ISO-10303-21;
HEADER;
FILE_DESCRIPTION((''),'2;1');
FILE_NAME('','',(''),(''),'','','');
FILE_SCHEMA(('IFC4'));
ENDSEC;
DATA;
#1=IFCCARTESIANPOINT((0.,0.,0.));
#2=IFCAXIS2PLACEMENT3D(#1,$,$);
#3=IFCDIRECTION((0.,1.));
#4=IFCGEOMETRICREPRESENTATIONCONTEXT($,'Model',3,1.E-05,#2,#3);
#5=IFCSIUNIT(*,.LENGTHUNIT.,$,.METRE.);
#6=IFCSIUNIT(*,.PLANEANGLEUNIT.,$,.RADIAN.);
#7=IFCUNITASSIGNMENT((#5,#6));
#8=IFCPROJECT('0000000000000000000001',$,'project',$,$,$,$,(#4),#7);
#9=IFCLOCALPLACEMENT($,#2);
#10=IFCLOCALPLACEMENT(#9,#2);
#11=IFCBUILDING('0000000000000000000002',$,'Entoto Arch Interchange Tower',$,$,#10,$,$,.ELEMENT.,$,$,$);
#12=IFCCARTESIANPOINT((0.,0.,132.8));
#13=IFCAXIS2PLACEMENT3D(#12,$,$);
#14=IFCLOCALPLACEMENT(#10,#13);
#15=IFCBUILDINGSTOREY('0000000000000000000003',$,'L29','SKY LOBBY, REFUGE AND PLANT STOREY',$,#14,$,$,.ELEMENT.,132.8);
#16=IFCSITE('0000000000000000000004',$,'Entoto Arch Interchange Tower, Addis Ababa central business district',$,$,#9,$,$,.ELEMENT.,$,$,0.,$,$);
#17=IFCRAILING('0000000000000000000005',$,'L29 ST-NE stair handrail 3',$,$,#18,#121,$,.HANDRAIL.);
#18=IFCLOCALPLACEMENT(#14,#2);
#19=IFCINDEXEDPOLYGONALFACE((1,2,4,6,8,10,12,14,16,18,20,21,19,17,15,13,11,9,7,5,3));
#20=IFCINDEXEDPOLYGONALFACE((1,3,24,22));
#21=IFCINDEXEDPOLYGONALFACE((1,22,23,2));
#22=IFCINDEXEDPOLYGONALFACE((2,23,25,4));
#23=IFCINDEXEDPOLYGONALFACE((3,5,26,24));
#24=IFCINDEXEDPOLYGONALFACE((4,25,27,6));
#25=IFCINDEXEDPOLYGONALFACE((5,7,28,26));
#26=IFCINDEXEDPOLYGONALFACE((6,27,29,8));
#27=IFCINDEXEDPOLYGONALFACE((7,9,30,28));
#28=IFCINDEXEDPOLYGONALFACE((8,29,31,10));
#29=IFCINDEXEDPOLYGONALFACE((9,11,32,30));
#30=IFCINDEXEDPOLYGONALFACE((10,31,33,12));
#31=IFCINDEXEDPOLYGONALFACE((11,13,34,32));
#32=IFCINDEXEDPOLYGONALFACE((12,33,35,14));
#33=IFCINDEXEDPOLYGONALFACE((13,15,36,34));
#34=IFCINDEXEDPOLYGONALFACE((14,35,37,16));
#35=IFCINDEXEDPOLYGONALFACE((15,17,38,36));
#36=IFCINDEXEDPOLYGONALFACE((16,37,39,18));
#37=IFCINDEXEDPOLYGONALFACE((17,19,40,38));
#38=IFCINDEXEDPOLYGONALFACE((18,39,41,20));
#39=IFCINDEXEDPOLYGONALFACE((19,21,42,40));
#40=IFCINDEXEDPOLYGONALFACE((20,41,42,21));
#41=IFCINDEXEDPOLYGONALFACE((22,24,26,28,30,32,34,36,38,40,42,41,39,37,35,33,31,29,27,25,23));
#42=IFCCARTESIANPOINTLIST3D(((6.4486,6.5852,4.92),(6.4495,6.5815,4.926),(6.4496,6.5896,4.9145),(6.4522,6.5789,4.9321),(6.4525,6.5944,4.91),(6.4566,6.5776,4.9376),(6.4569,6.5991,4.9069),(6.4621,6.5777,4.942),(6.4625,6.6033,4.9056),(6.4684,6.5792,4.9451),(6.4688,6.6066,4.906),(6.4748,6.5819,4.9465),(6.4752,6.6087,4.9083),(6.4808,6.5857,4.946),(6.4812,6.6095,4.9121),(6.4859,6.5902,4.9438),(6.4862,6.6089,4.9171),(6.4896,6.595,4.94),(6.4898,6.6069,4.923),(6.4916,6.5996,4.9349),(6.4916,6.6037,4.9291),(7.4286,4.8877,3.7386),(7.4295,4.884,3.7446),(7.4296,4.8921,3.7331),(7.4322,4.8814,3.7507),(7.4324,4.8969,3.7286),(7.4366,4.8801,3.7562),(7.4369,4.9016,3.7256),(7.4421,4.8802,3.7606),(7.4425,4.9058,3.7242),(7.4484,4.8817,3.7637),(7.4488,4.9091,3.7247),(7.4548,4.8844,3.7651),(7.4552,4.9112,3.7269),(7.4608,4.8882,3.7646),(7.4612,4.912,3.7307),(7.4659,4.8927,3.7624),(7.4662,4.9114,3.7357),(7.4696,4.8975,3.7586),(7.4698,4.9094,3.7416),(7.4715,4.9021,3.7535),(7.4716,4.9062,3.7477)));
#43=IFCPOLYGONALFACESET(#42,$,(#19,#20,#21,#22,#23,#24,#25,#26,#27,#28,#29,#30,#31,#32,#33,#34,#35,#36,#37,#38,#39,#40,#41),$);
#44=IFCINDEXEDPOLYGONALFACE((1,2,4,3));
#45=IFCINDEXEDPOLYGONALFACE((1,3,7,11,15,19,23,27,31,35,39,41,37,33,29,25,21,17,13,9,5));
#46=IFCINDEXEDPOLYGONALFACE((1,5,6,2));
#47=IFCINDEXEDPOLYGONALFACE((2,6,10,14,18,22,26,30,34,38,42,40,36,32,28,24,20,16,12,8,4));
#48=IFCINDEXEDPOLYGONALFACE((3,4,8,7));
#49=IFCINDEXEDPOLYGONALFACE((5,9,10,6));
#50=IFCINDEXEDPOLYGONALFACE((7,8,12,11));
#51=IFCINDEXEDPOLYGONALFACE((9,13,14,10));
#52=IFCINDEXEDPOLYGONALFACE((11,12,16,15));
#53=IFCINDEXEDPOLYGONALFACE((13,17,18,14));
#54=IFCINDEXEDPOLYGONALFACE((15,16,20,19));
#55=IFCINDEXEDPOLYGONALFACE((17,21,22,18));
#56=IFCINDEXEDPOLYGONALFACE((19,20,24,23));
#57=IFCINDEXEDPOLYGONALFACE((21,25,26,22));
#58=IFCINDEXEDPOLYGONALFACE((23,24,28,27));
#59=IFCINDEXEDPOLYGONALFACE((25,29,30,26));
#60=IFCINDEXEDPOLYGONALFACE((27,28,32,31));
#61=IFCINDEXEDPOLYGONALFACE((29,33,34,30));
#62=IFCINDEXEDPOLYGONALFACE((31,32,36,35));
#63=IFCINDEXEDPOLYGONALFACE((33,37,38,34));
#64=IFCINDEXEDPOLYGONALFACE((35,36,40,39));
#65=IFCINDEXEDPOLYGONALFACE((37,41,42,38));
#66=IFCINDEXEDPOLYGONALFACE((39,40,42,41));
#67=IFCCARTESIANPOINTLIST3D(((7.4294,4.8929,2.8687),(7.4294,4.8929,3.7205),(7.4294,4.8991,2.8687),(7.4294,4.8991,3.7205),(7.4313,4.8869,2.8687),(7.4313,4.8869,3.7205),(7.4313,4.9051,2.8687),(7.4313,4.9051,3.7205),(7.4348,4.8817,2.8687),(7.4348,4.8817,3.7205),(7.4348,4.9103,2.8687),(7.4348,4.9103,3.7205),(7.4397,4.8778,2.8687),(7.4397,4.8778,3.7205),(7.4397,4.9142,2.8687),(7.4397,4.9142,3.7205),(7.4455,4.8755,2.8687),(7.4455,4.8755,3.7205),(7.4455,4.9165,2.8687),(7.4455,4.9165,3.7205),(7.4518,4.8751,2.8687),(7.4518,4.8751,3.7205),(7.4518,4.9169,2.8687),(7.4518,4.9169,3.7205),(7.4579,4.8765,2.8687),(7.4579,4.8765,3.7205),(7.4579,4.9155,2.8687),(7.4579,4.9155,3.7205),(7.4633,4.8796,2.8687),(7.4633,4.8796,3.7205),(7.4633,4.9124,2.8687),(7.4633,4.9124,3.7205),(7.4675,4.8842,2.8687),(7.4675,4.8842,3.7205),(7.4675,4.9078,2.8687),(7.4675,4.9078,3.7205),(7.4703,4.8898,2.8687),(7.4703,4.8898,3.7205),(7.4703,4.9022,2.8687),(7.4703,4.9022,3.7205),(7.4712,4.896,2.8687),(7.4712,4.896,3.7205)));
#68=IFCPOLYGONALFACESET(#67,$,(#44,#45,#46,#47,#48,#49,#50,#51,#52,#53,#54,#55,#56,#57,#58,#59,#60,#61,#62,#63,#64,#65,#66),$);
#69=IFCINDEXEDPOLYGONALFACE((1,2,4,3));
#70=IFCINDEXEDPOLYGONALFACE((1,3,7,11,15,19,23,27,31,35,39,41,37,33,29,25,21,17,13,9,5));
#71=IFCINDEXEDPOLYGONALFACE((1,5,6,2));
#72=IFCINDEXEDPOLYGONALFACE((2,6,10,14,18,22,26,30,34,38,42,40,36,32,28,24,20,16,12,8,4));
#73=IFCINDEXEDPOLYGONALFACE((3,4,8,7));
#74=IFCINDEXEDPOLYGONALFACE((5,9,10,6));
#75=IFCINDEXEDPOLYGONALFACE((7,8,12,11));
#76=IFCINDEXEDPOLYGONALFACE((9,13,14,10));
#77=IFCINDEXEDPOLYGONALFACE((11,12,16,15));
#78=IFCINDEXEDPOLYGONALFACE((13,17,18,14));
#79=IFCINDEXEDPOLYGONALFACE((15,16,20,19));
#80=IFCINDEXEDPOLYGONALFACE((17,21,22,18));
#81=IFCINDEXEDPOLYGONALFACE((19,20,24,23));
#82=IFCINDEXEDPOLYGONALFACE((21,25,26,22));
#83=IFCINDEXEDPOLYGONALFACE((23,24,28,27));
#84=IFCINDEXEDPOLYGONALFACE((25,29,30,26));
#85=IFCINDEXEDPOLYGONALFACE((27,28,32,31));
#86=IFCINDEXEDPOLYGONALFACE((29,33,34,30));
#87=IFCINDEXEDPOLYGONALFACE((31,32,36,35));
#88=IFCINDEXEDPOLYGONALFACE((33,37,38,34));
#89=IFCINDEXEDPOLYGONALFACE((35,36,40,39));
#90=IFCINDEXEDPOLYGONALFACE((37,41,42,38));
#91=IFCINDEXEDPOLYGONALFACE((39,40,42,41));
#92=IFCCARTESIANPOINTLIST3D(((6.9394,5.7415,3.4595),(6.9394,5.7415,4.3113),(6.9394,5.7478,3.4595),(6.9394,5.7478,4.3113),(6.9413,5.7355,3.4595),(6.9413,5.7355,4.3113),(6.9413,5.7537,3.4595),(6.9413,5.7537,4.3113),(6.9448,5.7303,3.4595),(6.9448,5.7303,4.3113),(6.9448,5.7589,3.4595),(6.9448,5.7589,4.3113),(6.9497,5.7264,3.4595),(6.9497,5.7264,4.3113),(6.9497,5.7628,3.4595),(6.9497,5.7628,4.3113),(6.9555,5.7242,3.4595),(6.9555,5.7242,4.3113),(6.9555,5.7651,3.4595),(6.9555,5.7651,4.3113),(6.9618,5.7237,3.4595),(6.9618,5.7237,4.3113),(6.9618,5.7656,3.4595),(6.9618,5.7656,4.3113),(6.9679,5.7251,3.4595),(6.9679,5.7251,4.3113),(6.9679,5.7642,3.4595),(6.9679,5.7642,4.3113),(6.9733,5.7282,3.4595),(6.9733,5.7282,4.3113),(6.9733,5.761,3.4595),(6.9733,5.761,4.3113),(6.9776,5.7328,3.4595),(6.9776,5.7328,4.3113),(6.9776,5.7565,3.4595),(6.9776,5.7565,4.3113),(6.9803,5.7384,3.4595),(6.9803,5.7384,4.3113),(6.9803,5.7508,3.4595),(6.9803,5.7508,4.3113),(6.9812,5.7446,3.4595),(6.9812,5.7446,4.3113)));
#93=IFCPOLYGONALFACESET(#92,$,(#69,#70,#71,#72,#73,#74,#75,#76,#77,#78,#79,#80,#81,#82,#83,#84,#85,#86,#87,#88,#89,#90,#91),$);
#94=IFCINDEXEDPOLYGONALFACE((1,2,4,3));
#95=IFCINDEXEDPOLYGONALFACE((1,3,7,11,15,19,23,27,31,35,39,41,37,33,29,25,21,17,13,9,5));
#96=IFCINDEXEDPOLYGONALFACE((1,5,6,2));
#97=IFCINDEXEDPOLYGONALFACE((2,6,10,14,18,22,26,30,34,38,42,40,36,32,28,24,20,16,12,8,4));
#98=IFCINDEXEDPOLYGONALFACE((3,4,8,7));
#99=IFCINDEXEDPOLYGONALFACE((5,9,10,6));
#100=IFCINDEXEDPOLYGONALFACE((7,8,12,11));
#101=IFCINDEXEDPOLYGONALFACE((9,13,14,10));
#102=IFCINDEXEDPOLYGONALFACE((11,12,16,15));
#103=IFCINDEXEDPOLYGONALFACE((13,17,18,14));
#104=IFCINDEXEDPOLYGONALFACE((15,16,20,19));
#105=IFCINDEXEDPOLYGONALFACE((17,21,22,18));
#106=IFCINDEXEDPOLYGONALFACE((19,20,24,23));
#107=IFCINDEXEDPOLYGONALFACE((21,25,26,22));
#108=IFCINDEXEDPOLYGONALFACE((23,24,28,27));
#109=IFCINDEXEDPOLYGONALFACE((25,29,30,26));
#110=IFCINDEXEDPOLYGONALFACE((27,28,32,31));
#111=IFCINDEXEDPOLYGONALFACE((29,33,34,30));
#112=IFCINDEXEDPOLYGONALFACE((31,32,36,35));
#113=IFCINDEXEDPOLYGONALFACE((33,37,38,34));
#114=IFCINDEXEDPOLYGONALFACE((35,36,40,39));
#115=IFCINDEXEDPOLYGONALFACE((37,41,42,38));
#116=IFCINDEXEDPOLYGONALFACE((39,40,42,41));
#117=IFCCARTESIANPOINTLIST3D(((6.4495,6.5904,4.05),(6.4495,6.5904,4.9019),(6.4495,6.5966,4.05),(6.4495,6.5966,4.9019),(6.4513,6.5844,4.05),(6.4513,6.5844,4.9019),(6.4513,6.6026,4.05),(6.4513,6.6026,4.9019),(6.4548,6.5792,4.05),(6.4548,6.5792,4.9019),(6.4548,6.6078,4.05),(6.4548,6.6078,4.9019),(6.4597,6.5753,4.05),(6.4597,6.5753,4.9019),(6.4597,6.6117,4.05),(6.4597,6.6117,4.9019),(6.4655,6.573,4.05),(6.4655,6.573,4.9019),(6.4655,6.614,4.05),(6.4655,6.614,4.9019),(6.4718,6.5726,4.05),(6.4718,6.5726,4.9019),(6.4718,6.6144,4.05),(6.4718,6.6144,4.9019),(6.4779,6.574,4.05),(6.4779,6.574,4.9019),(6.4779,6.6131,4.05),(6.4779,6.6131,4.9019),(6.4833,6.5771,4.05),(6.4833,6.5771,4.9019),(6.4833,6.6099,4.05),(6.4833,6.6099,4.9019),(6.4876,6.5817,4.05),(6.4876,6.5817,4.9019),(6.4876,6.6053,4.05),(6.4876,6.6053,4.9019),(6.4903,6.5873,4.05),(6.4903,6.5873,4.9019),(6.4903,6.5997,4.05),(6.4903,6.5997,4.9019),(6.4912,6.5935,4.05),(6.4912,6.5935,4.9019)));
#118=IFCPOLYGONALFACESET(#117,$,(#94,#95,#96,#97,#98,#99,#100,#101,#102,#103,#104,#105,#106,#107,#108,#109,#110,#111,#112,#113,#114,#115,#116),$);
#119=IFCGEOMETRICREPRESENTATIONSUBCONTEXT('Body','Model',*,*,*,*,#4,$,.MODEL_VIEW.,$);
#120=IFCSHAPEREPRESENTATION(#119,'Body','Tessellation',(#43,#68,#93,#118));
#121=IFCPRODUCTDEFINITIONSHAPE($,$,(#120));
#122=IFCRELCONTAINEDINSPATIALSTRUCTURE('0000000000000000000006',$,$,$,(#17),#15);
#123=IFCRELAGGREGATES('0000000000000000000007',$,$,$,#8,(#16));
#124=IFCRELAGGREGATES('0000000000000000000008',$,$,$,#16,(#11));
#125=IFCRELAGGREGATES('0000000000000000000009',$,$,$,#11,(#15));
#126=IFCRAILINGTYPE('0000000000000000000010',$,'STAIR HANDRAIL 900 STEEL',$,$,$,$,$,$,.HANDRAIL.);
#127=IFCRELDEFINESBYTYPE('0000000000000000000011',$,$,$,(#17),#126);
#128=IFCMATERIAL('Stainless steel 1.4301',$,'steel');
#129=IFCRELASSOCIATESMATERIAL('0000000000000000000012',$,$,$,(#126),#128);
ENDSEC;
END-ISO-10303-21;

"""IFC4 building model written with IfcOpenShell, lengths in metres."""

from ifc_helpers import new_model, si_unit, direction, frame, origin, origin_2d, place, context, subcontext, project, spatial, circle, extrude, material, type_object, element, save


model = new_model("IFC4")

# Units and contexts
model_context = context("Model", 3, precision=1e-05, world=origin(), true_north=direction((0.0, 1.0)))
body_context = subcontext(model_context, "Body", "Model", "MODEL_VIEW")
ifc_project = project(units=[si_unit("LENGTHUNIT", "METRE"), si_unit("PLANEANGLEUNIT", "RADIAN")], contexts=[model_context])

# Site, building, storey
site_placement = place(None, origin())
site = spatial("IfcSite", under=ifc_project, at=site_placement, Name="Entoto Arch Interchange Tower, Addis Ababa central business district", CompositionType="ELEMENT", RefElevation=0.0)
building_placement = place(site_placement, origin())
building = spatial("IfcBuilding", under=site, at=building_placement, Name="Entoto Arch Interchange Tower", CompositionType="ELEMENT")
storey_placement = place(building_placement, frame((0.0, 0.0, 132.8)))
storey = spatial("IfcBuildingStorey", under=building, at=storey_placement, Name="L29", Description="SKY LOBBY, REFUGE AND PLANT STOREY", CompositionType="ELEMENT", Elevation=132.8)

# Railing
ifc_material_1 = material(Name="Stainless steel 1.4301", Category="steel")
railing_type_1 = type_object("IfcRailingType", Name="STAIR HANDRAIL 900 STEEL", PredefinedType="HANDRAIL", material=ifc_material_1)
railing_1_placement = place(storey_placement, frame((7.4502, 4.896, 2.8687)))
element("IfcRailing", 1, at=railing_1_placement, inside=storey, type_object=railing_type_1, Name="L29 ST-NE stair handrail 3", PredefinedType="HANDRAIL", context=body_context, shape_type="SweptSolid", body=[
    extrude(circle(Radius=0.0239, at=origin_2d()), frame((0.0, 0.0, 0.876), z_axis=(-0.428205, 0.741731, 0.516214), x_axis=(-0.866042, -0.49997, 0.0)), (0.0, 0.0, 1.0), 2.2886),
    extrude(circle(Radius=0.021, at=origin_2d()), origin(), (0.0, 0.0, 1.0), 0.8518),
    extrude(circle(Radius=0.021, at=origin_2d()), frame((-0.49, 0.8486, 0.5908)), (0.0, 0.0, 1.0), 0.8518),
    extrude(circle(Radius=0.021, at=origin_2d()), frame((-0.98, 1.6975, 1.1814)), (0.0, 0.0, 1.0), 0.8518),
])

save(model, "model.ifc")
